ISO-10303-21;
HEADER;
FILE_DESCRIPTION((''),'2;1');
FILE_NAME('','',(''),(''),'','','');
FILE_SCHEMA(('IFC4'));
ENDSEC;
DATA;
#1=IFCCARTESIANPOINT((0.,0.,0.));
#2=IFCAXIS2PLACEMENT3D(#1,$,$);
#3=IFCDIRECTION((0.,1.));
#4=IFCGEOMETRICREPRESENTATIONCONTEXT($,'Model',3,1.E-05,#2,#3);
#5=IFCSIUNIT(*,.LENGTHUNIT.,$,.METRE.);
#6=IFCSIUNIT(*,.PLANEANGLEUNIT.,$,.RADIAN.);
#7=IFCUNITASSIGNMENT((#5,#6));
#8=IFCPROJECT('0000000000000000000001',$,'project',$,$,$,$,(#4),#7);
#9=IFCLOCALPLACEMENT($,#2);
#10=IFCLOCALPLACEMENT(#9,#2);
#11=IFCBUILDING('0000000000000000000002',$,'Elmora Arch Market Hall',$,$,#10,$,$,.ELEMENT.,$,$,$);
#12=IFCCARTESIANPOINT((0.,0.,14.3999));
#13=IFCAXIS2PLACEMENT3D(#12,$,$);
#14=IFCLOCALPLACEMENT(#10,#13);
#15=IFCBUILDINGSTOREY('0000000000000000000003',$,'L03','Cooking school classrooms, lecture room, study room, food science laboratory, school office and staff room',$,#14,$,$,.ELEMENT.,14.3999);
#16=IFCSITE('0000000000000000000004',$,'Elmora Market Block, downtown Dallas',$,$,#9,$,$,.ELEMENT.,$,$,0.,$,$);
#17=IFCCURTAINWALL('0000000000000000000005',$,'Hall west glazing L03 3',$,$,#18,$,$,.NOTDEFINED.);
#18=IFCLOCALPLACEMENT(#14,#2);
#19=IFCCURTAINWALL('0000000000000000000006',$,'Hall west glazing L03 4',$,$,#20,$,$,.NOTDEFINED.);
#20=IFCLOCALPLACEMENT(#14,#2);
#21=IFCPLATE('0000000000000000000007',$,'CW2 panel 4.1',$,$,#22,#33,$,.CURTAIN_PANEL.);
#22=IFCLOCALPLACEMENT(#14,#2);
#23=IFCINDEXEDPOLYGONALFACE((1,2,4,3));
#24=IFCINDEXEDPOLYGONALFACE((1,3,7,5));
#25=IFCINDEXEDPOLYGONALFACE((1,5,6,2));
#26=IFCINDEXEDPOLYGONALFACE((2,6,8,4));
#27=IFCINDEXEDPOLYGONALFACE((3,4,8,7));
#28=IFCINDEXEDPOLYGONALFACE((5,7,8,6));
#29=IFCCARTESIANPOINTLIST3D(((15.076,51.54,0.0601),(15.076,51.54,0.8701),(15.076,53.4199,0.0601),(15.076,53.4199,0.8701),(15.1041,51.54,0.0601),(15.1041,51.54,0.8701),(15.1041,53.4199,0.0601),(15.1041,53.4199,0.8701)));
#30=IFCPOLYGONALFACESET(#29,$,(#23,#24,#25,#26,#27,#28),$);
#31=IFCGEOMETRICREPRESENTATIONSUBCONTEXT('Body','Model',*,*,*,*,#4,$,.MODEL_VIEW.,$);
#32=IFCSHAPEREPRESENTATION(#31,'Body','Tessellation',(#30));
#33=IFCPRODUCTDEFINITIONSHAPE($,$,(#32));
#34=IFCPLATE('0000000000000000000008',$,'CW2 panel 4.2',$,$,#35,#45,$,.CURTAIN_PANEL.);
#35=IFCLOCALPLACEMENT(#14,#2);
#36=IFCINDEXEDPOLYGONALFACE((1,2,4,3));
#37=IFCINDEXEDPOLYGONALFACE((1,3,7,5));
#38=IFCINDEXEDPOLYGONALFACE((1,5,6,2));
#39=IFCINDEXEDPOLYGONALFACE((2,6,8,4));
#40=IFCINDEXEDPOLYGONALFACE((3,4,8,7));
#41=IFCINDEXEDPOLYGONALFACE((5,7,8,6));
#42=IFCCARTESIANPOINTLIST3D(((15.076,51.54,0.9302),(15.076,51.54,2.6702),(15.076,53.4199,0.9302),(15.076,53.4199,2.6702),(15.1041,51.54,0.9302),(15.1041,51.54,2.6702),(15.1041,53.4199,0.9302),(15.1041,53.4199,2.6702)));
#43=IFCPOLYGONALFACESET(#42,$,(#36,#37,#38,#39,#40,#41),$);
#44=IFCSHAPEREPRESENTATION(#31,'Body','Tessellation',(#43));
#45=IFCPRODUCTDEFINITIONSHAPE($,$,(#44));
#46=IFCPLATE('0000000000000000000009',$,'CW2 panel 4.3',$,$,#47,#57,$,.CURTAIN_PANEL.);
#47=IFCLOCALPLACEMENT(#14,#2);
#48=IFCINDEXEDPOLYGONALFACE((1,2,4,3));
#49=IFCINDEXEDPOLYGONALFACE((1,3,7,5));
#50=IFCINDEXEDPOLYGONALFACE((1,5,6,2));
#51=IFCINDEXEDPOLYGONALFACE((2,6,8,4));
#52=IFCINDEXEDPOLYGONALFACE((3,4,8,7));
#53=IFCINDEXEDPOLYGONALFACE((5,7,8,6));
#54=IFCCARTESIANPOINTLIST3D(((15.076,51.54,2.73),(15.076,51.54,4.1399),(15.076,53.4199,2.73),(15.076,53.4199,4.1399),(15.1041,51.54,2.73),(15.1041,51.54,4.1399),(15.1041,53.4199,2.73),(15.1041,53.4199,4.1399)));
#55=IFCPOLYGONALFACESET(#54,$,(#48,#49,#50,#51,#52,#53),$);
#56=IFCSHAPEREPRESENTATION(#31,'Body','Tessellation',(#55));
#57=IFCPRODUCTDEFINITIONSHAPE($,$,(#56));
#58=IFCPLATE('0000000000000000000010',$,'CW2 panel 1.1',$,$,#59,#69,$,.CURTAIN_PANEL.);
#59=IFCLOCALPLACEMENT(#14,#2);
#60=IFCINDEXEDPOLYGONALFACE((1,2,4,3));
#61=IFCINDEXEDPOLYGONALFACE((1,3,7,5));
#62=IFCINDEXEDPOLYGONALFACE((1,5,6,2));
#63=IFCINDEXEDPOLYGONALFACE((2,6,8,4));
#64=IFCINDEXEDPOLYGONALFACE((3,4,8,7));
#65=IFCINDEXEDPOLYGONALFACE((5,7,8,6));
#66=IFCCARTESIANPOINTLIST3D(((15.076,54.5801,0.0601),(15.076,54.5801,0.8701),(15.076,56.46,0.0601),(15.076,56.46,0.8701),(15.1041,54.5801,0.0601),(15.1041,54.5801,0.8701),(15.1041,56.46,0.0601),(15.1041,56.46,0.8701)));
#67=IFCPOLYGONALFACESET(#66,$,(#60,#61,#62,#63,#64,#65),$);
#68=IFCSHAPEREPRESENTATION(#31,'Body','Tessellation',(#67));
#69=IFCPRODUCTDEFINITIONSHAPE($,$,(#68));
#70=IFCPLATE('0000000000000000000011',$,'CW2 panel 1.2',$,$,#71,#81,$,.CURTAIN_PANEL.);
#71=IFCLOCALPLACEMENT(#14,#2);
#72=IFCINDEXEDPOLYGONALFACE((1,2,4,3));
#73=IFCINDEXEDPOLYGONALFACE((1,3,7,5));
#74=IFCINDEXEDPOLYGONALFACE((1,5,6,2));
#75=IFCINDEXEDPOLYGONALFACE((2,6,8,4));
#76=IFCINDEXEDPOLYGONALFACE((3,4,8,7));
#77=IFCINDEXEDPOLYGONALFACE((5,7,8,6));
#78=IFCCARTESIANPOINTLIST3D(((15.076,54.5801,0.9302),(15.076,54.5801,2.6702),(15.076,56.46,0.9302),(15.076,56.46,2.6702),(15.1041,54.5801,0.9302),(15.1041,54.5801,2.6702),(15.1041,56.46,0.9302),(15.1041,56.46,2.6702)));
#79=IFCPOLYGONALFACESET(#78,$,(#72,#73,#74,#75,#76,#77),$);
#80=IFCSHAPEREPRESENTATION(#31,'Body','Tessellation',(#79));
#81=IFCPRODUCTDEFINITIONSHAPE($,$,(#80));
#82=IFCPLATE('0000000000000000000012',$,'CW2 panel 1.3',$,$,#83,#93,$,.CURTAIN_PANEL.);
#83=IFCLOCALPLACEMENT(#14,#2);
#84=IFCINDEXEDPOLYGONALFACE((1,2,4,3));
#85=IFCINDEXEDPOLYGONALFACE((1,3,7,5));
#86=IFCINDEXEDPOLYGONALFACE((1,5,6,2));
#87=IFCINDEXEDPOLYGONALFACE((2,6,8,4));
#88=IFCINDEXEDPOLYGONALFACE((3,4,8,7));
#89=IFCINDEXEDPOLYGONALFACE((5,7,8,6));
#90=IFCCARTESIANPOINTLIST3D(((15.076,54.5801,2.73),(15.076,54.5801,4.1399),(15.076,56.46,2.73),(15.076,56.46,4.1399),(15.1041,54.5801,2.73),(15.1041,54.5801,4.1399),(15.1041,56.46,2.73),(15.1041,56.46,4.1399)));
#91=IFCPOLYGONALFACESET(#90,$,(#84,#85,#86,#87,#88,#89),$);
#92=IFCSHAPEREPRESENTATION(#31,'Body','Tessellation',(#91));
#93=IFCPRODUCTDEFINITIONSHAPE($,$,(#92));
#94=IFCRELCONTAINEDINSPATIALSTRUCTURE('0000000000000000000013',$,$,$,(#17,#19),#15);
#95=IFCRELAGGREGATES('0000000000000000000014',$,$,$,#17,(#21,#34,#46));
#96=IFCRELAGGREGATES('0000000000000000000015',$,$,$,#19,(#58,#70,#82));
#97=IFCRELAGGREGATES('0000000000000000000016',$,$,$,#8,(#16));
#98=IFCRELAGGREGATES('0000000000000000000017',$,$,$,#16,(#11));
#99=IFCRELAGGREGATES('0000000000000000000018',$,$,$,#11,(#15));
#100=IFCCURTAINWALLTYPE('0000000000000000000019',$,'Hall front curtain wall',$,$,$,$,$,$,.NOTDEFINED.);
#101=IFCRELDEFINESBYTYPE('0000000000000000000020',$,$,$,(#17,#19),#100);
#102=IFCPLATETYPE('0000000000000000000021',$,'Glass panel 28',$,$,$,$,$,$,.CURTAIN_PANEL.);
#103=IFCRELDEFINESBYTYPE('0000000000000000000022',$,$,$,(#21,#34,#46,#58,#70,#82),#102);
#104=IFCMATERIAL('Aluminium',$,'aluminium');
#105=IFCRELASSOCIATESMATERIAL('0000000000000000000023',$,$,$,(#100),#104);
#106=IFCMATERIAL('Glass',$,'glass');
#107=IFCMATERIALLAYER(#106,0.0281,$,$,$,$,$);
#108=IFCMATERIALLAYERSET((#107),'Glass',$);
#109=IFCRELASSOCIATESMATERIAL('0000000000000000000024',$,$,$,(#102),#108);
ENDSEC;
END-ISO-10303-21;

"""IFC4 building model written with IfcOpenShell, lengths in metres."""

from ifc_helpers import new_model, si_unit, direction, frame, origin, origin_2d, place, context, subcontext, project, spatial, rectangle, extrude, material, layer, layer_set, type_object, element, aggregate, save


model = new_model("IFC4")

# Units and contexts
model_context = context("Model", 3, precision=1e-05, world=origin(), true_north=direction((0.0, 1.0)))
body_context = subcontext(model_context, "Body", "Model", "MODEL_VIEW")
ifc_project = project(units=[si_unit("LENGTHUNIT", "METRE"), si_unit("PLANEANGLEUNIT", "RADIAN")], contexts=[model_context])

# Site, building, storey
site_placement = place(None, origin())
site = spatial("IfcSite", under=ifc_project, at=site_placement, Name="Elmora Market Block, downtown Dallas", CompositionType="ELEMENT", RefElevation=0.0)
building_placement = place(site_placement, origin())
building = spatial("IfcBuilding", under=site, at=building_placement, Name="Elmora Arch Market Hall", CompositionType="ELEMENT")
storey_placement = place(building_placement, frame((0.0, 0.0, 14.3999)))
storey = spatial("IfcBuildingStorey", under=building, at=storey_placement, Name="L03", Description="Cooking school classrooms, lecture room, study room, food science laboratory, school office and staff room", CompositionType="ELEMENT", Elevation=14.3999)

# Curtain walls
ifc_material_1 = material(Name="Aluminium", Category="aluminium")
curtain_wall_type = type_object("IfcCurtainWallType", Name="Hall front curtain wall", PredefinedType="NOTDEFINED", material=ifc_material_1)
curtain_wall_1_placement = place(storey_placement, origin())
curtain_wall_1 = element("IfcCurtainWall", 1, at=curtain_wall_1_placement, inside=storey, type_object=curtain_wall_type, Name="Hall west glazing L03 3", PredefinedType="NOTDEFINED")
curtain_wall_2_placement = place(storey_placement, origin())
curtain_wall_2 = element("IfcCurtainWall", 2, at=curtain_wall_2_placement, inside=storey, type_object=curtain_wall_type, Name="Hall west glazing L03 4", PredefinedType="NOTDEFINED")

# Plates
ifc_material_2 = material(Name="Glass", Category="glass")
ifc_layer = layer(ifc_material_2, 0.0281)
ifc_layer_set = layer_set([ifc_layer], Name="Glass")
plate_type = type_object("IfcPlateType", Name="Glass panel 28", PredefinedType="CURTAIN_PANEL", material=ifc_layer_set)
plate_1_placement = place(storey_placement, frame((15.0901, 52.48, 0.0601), z_axis=(0.0, 0.0, 1.0), x_axis=(0.0, 1.0, 0.0)))
plate_1 = element("IfcPlate", 3, at=plate_1_placement, type_object=plate_type, Name="CW2 panel 4.1", PredefinedType="CURTAIN_PANEL", context=body_context, shape_type="SweptSolid", body=[
    extrude(rectangle(XDim=1.8799, YDim=0.0281, at=origin_2d()), origin(), (0.0, 0.0, 1.0), 0.8101),
])
plate_2_placement = place(storey_placement, frame((15.0901, 52.48, 0.9302), z_axis=(0.0, 0.0, 1.0), x_axis=(0.0, 1.0, 0.0)))
plate_2 = element("IfcPlate", 4, at=plate_2_placement, type_object=plate_type, Name="CW2 panel 4.2", PredefinedType="CURTAIN_PANEL", context=body_context, shape_type="SweptSolid", body=[
    extrude(rectangle(XDim=1.8799, YDim=0.0281, at=origin_2d()), origin(), (0.0, 0.0, 1.0), 1.74),
])
plate_3_placement = place(storey_placement, frame((15.0901, 52.48, 2.73), z_axis=(0.0, 0.0, 1.0), x_axis=(0.0, 1.0, 0.0)))
plate_3 = element("IfcPlate", 5, at=plate_3_placement, type_object=plate_type, Name="CW2 panel 4.3", PredefinedType="CURTAIN_PANEL", context=body_context, shape_type="SweptSolid", body=[
    extrude(rectangle(XDim=1.8799, YDim=0.0281, at=origin_2d()), origin(), (0.0, 0.0, 1.0), 1.4099),
])
aggregate(curtain_wall_1, [plate_1, plate_2, plate_3])
plate_4_placement = place(storey_placement, frame((15.0901, 55.52, 0.0601), z_axis=(0.0, 0.0, 1.0), x_axis=(0.0, 1.0, 0.0)))
plate_4 = element("IfcPlate", 6, at=plate_4_placement, type_object=plate_type, Name="CW2 panel 1.1", PredefinedType="CURTAIN_PANEL", context=body_context, shape_type="SweptSolid", body=[
    extrude(rectangle(XDim=1.8799, YDim=0.0281, at=origin_2d()), origin(), (0.0, 0.0, 1.0), 0.8101),
])
plate_5_placement = place(storey_placement, frame((15.0901, 55.52, 0.9302), z_axis=(0.0, 0.0, 1.0), x_axis=(0.0, 1.0, 0.0)))
plate_5 = element("IfcPlate", 7, at=plate_5_placement, type_object=plate_type, Name="CW2 panel 1.2", PredefinedType="CURTAIN_PANEL", context=body_context, shape_type="SweptSolid", body=[
    extrude(rectangle(XDim=1.8799, YDim=0.0281, at=origin_2d()), origin(), (0.0, 0.0, 1.0), 1.74),
])
plate_6_placement = place(storey_placement, frame((15.0901, 55.52, 2.73), z_axis=(0.0, 0.0, 1.0), x_axis=(0.0, 1.0, 0.0)))
plate_6 = element("IfcPlate", 8, at=plate_6_placement, type_object=plate_type, Name="CW2 panel 1.3", PredefinedType="CURTAIN_PANEL", context=body_context, shape_type="SweptSolid", body=[
    extrude(rectangle(XDim=1.8799, YDim=0.0281, at=origin_2d()), origin(), (0.0, 0.0, 1.0), 1.4099),
])
aggregate(curtain_wall_2, [plate_4, plate_5, plate_6])

save(model, "model.ifc")
